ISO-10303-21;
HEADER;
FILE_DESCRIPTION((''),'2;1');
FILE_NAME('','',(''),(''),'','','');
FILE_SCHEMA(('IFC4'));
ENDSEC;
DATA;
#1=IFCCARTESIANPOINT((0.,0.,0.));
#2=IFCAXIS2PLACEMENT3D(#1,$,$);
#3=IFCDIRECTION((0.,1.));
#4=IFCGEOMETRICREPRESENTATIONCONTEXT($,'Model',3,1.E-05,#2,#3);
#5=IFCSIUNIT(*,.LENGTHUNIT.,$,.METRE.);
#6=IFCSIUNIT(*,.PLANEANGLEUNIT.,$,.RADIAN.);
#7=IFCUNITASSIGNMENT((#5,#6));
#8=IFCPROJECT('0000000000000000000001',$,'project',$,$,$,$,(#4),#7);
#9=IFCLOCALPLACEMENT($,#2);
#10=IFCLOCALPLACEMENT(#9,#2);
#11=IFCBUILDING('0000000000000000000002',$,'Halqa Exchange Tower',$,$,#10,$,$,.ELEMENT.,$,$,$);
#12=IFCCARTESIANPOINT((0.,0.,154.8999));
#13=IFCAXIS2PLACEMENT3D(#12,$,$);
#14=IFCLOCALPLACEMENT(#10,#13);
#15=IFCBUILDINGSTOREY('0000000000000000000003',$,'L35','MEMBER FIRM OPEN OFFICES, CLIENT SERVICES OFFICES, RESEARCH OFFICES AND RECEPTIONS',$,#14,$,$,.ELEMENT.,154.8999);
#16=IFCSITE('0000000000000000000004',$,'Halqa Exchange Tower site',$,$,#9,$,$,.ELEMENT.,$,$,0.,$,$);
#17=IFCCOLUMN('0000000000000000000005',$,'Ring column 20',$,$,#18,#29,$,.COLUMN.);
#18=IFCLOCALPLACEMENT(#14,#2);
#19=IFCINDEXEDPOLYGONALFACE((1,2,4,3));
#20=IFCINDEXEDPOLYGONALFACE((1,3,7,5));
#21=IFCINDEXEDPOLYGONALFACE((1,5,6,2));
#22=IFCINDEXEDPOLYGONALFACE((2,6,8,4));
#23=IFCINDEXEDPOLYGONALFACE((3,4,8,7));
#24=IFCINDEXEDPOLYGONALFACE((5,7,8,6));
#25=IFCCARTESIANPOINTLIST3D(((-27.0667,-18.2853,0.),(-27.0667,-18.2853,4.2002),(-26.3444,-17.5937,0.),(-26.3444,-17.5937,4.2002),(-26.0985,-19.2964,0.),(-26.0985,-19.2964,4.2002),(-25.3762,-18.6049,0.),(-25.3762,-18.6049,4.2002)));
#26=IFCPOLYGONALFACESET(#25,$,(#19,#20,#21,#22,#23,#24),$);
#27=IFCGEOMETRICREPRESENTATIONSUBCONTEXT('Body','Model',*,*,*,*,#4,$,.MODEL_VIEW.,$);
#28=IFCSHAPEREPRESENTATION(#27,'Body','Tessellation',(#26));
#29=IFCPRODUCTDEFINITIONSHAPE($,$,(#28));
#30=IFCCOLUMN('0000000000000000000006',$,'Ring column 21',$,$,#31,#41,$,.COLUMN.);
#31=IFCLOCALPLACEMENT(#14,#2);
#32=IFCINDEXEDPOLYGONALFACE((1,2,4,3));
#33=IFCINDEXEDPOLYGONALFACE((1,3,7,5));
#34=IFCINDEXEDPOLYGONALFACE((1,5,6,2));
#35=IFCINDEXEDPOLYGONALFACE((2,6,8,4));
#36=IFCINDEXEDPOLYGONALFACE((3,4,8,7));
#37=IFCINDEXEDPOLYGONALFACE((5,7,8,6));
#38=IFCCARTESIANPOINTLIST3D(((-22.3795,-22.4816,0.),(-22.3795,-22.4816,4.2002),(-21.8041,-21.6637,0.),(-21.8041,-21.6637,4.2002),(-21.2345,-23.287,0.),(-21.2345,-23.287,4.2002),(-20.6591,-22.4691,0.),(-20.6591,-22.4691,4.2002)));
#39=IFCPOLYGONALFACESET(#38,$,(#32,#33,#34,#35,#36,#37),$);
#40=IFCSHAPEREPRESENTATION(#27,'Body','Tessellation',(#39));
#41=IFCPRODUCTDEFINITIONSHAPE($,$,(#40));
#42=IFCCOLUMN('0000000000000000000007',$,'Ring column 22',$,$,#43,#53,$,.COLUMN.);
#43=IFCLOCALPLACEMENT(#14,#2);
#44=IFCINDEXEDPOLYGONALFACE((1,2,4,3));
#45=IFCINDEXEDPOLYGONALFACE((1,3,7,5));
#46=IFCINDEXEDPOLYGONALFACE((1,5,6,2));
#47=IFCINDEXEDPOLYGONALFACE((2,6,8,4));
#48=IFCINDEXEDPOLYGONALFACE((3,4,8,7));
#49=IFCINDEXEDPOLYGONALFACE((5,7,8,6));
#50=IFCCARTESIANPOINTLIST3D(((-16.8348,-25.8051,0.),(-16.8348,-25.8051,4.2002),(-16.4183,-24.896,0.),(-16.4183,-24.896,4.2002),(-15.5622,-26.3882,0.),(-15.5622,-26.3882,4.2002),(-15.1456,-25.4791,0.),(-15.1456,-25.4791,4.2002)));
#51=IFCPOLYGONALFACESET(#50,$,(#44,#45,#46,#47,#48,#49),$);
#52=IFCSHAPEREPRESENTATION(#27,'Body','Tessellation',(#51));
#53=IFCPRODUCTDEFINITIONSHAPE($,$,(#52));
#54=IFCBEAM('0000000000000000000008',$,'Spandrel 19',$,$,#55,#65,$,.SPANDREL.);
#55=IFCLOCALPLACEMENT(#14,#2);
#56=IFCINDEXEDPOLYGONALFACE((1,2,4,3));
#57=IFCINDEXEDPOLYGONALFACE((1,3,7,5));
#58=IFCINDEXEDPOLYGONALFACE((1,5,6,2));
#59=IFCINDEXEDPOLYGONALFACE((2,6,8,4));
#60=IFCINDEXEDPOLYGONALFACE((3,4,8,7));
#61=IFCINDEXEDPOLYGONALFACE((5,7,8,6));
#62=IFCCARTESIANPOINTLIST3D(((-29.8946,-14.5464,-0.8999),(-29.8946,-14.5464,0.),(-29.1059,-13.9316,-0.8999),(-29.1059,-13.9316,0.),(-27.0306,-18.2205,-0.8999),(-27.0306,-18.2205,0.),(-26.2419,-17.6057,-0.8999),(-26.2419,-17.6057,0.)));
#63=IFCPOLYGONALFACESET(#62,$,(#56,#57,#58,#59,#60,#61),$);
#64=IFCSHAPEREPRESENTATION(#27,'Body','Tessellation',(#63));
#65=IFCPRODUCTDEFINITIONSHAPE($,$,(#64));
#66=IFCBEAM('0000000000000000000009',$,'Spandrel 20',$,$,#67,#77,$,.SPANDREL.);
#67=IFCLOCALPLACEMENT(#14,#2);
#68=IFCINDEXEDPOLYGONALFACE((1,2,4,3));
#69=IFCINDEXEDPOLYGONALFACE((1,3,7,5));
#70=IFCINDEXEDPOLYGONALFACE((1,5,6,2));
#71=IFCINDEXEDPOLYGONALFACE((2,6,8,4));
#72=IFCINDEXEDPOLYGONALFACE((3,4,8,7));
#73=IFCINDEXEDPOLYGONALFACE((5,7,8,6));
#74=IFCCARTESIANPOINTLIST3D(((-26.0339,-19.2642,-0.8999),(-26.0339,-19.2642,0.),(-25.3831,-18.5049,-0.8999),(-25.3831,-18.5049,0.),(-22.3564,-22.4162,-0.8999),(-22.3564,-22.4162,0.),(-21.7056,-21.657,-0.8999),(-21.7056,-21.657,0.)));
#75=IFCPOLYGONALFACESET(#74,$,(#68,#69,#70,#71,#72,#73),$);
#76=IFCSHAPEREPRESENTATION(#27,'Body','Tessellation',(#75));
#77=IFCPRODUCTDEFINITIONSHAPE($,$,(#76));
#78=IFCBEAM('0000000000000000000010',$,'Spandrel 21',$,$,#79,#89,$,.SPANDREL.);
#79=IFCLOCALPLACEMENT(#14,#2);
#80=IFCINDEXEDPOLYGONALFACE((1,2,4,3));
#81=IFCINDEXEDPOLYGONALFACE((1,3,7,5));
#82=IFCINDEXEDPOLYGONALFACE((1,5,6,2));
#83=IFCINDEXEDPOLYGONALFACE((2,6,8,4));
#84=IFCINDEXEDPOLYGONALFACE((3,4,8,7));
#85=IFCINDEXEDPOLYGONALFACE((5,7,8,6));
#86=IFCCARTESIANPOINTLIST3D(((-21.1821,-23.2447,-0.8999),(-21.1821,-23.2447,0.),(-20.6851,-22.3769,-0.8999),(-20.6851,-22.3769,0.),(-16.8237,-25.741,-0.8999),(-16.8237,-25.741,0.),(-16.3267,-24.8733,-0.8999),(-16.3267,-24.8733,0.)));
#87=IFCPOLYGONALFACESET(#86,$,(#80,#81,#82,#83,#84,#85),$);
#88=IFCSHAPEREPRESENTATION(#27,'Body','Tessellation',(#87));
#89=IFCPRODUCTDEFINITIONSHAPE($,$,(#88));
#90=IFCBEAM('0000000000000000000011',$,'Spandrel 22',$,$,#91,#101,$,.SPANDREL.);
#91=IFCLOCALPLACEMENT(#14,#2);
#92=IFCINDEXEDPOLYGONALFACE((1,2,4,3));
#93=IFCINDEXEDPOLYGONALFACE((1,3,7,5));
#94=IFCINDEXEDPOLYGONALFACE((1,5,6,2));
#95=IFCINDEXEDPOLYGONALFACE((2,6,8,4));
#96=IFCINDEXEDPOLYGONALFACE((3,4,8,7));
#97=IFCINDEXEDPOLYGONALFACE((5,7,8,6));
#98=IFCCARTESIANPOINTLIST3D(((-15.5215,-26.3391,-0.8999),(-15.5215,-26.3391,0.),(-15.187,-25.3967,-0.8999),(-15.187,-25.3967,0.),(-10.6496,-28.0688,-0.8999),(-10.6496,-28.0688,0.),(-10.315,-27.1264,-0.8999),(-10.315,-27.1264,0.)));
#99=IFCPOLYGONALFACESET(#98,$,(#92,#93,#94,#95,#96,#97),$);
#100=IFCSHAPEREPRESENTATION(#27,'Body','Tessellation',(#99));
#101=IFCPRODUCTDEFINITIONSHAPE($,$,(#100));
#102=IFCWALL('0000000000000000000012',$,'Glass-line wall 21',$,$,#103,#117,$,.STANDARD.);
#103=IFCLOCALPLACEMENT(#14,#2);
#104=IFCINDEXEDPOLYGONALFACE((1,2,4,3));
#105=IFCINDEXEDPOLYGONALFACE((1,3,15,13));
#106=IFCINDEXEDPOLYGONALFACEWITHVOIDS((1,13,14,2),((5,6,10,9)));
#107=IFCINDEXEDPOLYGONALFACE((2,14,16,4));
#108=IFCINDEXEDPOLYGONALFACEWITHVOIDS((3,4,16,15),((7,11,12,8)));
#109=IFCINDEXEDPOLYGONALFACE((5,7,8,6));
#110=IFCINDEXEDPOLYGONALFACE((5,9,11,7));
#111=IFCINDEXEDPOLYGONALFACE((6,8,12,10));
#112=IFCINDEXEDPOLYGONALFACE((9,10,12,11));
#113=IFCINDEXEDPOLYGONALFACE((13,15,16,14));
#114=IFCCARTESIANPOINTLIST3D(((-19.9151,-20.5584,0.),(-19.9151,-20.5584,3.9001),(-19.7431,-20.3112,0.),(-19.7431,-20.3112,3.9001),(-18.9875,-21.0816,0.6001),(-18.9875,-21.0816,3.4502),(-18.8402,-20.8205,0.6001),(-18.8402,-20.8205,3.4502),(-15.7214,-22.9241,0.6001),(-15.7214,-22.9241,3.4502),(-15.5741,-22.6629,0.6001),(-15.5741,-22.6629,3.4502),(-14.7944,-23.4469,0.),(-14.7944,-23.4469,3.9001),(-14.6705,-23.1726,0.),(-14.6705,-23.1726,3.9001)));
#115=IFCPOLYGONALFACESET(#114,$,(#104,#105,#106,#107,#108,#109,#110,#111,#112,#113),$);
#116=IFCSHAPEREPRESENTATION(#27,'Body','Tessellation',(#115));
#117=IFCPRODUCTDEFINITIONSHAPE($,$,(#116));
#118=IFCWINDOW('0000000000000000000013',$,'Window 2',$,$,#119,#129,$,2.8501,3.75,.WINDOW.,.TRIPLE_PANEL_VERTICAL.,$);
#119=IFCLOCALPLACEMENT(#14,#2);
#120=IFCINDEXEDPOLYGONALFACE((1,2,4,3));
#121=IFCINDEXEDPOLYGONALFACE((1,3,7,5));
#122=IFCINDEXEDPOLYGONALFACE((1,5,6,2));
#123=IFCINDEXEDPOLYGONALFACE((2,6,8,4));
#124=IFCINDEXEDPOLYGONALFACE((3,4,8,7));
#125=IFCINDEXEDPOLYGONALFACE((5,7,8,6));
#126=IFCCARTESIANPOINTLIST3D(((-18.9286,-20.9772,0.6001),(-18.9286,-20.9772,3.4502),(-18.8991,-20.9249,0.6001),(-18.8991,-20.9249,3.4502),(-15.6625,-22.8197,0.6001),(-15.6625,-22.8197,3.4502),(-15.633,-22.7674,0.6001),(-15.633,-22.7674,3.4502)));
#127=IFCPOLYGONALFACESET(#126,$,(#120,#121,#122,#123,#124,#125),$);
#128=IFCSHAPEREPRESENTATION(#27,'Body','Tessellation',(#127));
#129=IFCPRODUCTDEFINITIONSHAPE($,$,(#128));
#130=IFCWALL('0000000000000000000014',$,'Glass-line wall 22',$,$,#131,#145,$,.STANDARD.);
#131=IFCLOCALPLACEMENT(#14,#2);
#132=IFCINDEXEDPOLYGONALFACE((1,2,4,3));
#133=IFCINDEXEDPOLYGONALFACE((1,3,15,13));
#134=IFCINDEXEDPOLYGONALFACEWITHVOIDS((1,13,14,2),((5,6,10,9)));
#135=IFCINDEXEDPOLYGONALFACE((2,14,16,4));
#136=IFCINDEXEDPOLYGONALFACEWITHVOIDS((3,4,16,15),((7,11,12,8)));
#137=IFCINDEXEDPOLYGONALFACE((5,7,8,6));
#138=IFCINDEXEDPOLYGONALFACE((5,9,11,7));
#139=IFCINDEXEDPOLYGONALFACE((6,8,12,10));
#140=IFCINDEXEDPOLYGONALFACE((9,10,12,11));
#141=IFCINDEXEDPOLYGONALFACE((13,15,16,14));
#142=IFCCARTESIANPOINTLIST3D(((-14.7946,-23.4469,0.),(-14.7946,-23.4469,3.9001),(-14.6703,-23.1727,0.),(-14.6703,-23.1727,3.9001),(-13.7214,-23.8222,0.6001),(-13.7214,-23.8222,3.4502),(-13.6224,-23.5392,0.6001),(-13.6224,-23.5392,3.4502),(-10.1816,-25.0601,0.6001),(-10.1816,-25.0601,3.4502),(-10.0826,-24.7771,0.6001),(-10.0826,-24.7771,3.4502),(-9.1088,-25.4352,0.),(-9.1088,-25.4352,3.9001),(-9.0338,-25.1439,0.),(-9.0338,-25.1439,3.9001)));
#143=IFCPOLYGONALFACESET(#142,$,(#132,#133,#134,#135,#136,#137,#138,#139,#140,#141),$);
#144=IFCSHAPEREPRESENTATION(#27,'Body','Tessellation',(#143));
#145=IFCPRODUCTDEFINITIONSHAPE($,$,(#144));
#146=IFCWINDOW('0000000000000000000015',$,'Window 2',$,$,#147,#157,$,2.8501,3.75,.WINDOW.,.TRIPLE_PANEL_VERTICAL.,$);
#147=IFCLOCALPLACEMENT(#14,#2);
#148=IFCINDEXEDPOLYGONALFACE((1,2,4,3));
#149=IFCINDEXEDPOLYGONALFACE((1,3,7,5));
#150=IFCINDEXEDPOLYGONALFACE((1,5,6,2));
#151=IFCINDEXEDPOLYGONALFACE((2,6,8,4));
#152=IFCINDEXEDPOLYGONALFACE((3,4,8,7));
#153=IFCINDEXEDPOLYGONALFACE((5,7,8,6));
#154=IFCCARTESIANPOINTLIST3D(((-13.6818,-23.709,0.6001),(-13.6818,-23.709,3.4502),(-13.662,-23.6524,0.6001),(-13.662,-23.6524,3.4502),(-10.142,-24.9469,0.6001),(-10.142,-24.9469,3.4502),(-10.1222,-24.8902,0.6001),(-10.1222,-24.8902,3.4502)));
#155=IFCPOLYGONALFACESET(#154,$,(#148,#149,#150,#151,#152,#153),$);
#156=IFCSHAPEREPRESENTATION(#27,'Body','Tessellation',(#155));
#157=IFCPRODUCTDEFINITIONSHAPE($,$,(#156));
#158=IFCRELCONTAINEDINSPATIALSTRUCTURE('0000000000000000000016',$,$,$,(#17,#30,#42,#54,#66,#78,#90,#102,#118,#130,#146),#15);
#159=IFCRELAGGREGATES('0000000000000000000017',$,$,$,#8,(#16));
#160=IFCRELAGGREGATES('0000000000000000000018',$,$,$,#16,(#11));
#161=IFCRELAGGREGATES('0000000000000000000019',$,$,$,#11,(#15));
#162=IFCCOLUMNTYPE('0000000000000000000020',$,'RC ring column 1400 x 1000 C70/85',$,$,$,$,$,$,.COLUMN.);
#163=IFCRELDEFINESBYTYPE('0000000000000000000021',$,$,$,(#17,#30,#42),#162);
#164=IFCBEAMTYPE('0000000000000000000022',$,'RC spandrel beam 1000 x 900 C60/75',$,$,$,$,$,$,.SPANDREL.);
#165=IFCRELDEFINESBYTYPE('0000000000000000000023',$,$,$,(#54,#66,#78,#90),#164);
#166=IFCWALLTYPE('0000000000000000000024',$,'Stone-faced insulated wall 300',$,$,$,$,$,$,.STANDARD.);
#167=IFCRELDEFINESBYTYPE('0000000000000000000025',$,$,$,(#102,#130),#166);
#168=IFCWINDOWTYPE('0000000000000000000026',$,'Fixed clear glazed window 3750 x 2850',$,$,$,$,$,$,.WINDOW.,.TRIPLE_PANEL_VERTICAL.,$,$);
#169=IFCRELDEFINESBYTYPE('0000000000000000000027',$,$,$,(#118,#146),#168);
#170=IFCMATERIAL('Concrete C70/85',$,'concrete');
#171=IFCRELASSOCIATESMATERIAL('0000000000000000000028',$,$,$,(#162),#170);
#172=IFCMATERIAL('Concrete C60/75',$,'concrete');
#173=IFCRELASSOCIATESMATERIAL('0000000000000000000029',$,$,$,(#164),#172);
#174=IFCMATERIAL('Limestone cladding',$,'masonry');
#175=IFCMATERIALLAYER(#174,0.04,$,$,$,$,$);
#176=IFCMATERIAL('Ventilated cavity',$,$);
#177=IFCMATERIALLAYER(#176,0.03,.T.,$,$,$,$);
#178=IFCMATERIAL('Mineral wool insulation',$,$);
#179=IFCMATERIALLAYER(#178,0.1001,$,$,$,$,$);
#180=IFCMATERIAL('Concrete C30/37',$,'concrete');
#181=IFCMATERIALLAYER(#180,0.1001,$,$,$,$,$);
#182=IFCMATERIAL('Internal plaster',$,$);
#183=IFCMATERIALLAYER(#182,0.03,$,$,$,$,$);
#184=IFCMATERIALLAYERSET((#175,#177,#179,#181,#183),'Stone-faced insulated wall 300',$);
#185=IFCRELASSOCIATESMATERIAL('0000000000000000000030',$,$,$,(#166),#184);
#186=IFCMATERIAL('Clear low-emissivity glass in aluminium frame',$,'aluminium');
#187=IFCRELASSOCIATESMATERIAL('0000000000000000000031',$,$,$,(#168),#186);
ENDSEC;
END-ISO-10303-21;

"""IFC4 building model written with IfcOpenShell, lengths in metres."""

from ifc_helpers import new_model, si_unit, direction, frame, frame_2d, origin, origin_2d, place, context, subcontext, project, spatial, polyline, rectangle, outline, extrude, material, layer, layer_set, material_profile, profile_set, type_object, element, fill, save


model = new_model("IFC4")

# Units and contexts
model_context = context("Model", 3, precision=1e-05, world=origin(), true_north=direction((0.0, 1.0)))
body_context = subcontext(model_context, "Body", "Model", "MODEL_VIEW")
ifc_project = project(units=[si_unit("LENGTHUNIT", "METRE"), si_unit("PLANEANGLEUNIT", "RADIAN")], contexts=[model_context])

# Site, building, storey
site_placement = place(None, origin())
site = spatial("IfcSite", under=ifc_project, at=site_placement, Name="Halqa Exchange Tower site", CompositionType="ELEMENT", RefElevation=0.0)
building_placement = place(site_placement, origin())
building = spatial("IfcBuilding", under=site, at=building_placement, Name="Halqa Exchange Tower", CompositionType="ELEMENT")
storey_placement = place(building_placement, frame((0.0, 0.0, 154.8999)))
storey = spatial("IfcBuildingStorey", under=building, at=storey_placement, Name="L35", Description="MEMBER FIRM OPEN OFFICES, CLIENT SERVICES OFFICES, RESEARCH OFFICES AND RECEPTIONS", CompositionType="ELEMENT", Elevation=154.8999)

# Columns
ifc_material_1 = material(Name="Concrete C70/85", Category="concrete")
ifc_material_profile_1 = material_profile(ifc_material_1, rectangle(XDim=1.3999, YDim=1.0, at=origin_2d()), Name="1400 x 1000")
ifc_profile_set_1 = profile_set([ifc_material_profile_1], Name="Concrete C70/85")
column_type = type_object("IfcColumnType", Name="RC ring column 1400 x 1000 C70/85", PredefinedType="COLUMN", material=ifc_profile_set_1)
for number, where, z_axis, x_axis, name in (
    (1, (-26.2214, -18.4451, 0.0), (0.0, 0.0, 1.0), (0.691579, -0.722301, 0.0), "Ring column 20"),
    (2, (-21.5193, -22.4753, 0.0), (0.0, 0.0, 1.0), (0.817911, -0.575345, 0.0), "Ring column 21"),
    (3, (-15.9902, -25.6421, 0.0), (0.0, 0.0, 1.0), (0.909126, -0.41652, 0.0), "Ring column 22"),
):
    element("IfcColumn", number, at=place(storey_placement, frame(where, z_axis=z_axis, x_axis=x_axis)), inside=storey, type_object=column_type, Name=name, PredefinedType="COLUMN", context=body_context, shape_type="SweptSolid", body=[
        extrude(rectangle(XDim=1.3999, YDim=1.0, at=origin_2d()), origin(), (0.0, 0.0, 1.0), 4.2002),
    ])

# Beams
ifc_material_2 = material(Name="Concrete C60/75", Category="concrete")
ifc_material_profile_2 = material_profile(ifc_material_2, rectangle(XDim=1.0, YDim=0.8999, at=origin_2d()), Name="1000 x 900")
ifc_profile_set_2 = profile_set([ifc_material_profile_2], Name="Concrete C60/75")
beam_type = type_object("IfcBeamType", Name="RC spandrel beam 1000 x 900 C60/75", PredefinedType="SPANDREL", material=ifc_profile_set_2)
beam_1_placement = place(storey_placement, frame((-29.5002, -14.239, -0.45), z_axis=(0.614797, -0.788686, 0.0), x_axis=(0.788686, 0.614797, 0.0)))
element("IfcBeam", 4, at=beam_1_placement, inside=storey, type_object=beam_type, Name="Spandrel 19", PredefinedType="SPANDREL", context=body_context, shape_type="SweptSolid", body=[
    extrude(rectangle(XDim=1.0, YDim=0.8999, at=origin_2d()), origin(), (0.0, 0.0, 1.0), 4.6584),
])
beam_2_placement = place(storey_placement, frame((-25.7085, -18.8845, -0.45), z_axis=(0.75926, -0.650787, 0.0), x_axis=(0.650787, 0.75926, 0.0)))
element("IfcBeam", 5, at=beam_2_placement, inside=storey, type_object=beam_type, Name="Spandrel 20", PredefinedType="SPANDREL", context=body_context, shape_type="SweptSolid", body=[
    extrude(rectangle(XDim=1.0, YDim=0.8999, at=origin_2d()), origin(), (0.0, 0.0, 1.0), 4.8435),
])
beam_3_placement = place(storey_placement, frame((-20.9336, -22.8108, -0.45), z_axis=(0.867743, -0.497013, 0.0), x_axis=(0.497013, 0.867743, 0.0)))
element("IfcBeam", 6, at=beam_3_placement, inside=storey, type_object=beam_type, Name="Spandrel 21", PredefinedType="SPANDREL", context=body_context, shape_type="SweptSolid", body=[
    extrude(rectangle(XDim=1.0, YDim=0.8999, at=origin_2d()), origin(), (0.0, 0.0, 1.0), 5.0227),
])
beam_4_placement = place(storey_placement, frame((-15.3542, -25.8679, -0.45), z_axis=(0.942371, -0.334571, 0.0), x_axis=(0.334571, 0.942371, 0.0)))
element("IfcBeam", 7, at=beam_4_placement, inside=storey, type_object=beam_type, Name="Spandrel 22", PredefinedType="SPANDREL", context=body_context, shape_type="SweptSolid", body=[
    extrude(rectangle(XDim=1.0, YDim=0.8999, at=origin_2d()), origin(), (0.0, 0.0, 1.0), 5.1699),
])

# Shared definitions
ifc_material_3 = material(Name="Limestone cladding", Category="masonry")
ifc_layer_1 = layer(ifc_material_3, 0.04)
ifc_material_4 = material(Name="Ventilated cavity")
ifc_layer_2 = layer(ifc_material_4, 0.03, ventilated=True)
ifc_material_5 = material(Name="Mineral wool insulation")
ifc_layer_3 = layer(ifc_material_5, 0.1001)
ifc_material_6 = material(Name="Concrete C30/37", Category="concrete")
ifc_layer_4 = layer(ifc_material_6, 0.1001)
ifc_material_7 = material(Name="Internal plaster")
ifc_layer_5 = layer(ifc_material_7, 0.03)
ifc_layer_set_1 = layer_set([ifc_layer_1, ifc_layer_2, ifc_layer_3, ifc_layer_4, ifc_layer_5], Name="Stone-faced insulated wall 300")
wall_type_1 = type_object("IfcWallType", Name="Stone-faced insulated wall 300", PredefinedType="STANDARD", material=ifc_layer_set_1)
ifc_material_8 = material(Name="Clear low-emissivity glass in aluminium frame", Category="aluminium")

# Walls, openings, windows
wall_1_placement = place(storey_placement, frame((-19.8291, -20.4348, 0.0), z_axis=(0.0, 0.0, 1.0), x_axis=(0.870982, -0.491315, 0.0)))
wall_1 = element("IfcWall", 8, at=wall_1_placement, inside=storey, type_object=wall_type_1, Name="Glass-line wall 21", PredefinedType="STANDARD", context=body_context, shape_type="SweptSolid", body=[
    extrude(outline(polyline([(-0.0142, -0.1499), (5.865, -0.1499), (5.8381, 0.1499), (0.0142, 0.1499), (-0.0142, -0.1499)])), origin(), (0.0, 0.0, 1.0), 3.9001),
])
opening_1_placement = place(wall_1_placement, frame((1.0508, 0.0, 0.6001)))
opening_1 = element("IfcOpeningElement", 9, at=opening_1_placement, cuts=wall_1, PredefinedType="OPENING", context=body_context, shape_type="SweptSolid", body=[
    extrude(rectangle(XDim=3.75, YDim=2.8501, at=frame_2d((1.875, 1.425))), frame((0.0, 0.1621, 0.0), z_axis=(0.0, -1.0, 0.0), x_axis=(1.0, 0.0, 0.0)), (0.0, 0.0, 1.0), 0.324),
])
window_type = type_object("IfcWindowType", Name="Fixed clear glazed window 3750 x 2850", PartitioningType="TRIPLE_PANEL_VERTICAL", PredefinedType="WINDOW", material=ifc_material_8)
window_1_placement = place(opening_1_placement, origin())
window_1 = element("IfcWindow", 10, at=window_1_placement, inside=storey, type_object=window_type, Name="Window 2", OverallHeight=2.8501, OverallWidth=3.75, PartitioningType="TRIPLE_PANEL_VERTICAL", PredefinedType="WINDOW", context=body_context, shape_type="SweptSolid", body=[
    extrude(rectangle(XDim=3.75, YDim=2.8501, at=frame_2d((1.875, 1.425))), frame((0.0, 0.03, 0.0), z_axis=(0.0, -1.0, 0.0), x_axis=(1.0, 0.0, 0.0)), (0.0, 0.0, 1.0), 0.0601),
])
fill(opening_1, window_1)
wall_2_placement = place(storey_placement, frame((-14.7324, -23.3098, 0.0), z_axis=(0.0, 0.0, 1.0), x_axis=(0.943945, -0.330104, 0.0)))
wall_2 = element("IfcWall", 11, at=wall_2_placement, inside=storey, type_object=wall_type_1, Name="Glass-line wall 22", PredefinedType="STANDARD", context=body_context, shape_type="SweptSolid", body=[
    extrude(outline(polyline([(-0.0134, -0.1499), (6.01, -0.1499), (5.9846, 0.1499), (0.0134, 0.1499), (-0.0134, -0.1499)])), origin(), (0.0, 0.0, 1.0), 3.9001),
])
opening_2_placement = place(wall_2_placement, frame((1.1235, 0.0, 0.6001)))
opening_2 = element("IfcOpeningElement", 12, at=opening_2_placement, cuts=wall_2, PredefinedType="OPENING", context=body_context, shape_type="SweptSolid", body=[
    extrude(rectangle(XDim=3.75, YDim=2.8501, at=frame_2d((1.875, 1.425))), frame((0.0, 0.1621, 0.0), z_axis=(0.0, -1.0, 0.0), x_axis=(1.0, 0.0, 0.0)), (0.0, 0.0, 1.0), 0.324),
])
window_2_placement = place(opening_2_placement, origin())
window_2 = element("IfcWindow", 13, at=window_2_placement, inside=storey, type_object=window_type, Name="Window 2", OverallHeight=2.8501, OverallWidth=3.75, PartitioningType="TRIPLE_PANEL_VERTICAL", PredefinedType="WINDOW", context=body_context, shape_type="SweptSolid", body=[
    extrude(rectangle(XDim=3.75, YDim=2.8501, at=frame_2d((1.875, 1.425))), frame((0.0, 0.03, 0.0), z_axis=(0.0, -1.0, 0.0), x_axis=(1.0, 0.0, 0.0)), (0.0, 0.0, 1.0), 0.0601),
])
fill(opening_2, window_2)

save(model, "model.ifc")
